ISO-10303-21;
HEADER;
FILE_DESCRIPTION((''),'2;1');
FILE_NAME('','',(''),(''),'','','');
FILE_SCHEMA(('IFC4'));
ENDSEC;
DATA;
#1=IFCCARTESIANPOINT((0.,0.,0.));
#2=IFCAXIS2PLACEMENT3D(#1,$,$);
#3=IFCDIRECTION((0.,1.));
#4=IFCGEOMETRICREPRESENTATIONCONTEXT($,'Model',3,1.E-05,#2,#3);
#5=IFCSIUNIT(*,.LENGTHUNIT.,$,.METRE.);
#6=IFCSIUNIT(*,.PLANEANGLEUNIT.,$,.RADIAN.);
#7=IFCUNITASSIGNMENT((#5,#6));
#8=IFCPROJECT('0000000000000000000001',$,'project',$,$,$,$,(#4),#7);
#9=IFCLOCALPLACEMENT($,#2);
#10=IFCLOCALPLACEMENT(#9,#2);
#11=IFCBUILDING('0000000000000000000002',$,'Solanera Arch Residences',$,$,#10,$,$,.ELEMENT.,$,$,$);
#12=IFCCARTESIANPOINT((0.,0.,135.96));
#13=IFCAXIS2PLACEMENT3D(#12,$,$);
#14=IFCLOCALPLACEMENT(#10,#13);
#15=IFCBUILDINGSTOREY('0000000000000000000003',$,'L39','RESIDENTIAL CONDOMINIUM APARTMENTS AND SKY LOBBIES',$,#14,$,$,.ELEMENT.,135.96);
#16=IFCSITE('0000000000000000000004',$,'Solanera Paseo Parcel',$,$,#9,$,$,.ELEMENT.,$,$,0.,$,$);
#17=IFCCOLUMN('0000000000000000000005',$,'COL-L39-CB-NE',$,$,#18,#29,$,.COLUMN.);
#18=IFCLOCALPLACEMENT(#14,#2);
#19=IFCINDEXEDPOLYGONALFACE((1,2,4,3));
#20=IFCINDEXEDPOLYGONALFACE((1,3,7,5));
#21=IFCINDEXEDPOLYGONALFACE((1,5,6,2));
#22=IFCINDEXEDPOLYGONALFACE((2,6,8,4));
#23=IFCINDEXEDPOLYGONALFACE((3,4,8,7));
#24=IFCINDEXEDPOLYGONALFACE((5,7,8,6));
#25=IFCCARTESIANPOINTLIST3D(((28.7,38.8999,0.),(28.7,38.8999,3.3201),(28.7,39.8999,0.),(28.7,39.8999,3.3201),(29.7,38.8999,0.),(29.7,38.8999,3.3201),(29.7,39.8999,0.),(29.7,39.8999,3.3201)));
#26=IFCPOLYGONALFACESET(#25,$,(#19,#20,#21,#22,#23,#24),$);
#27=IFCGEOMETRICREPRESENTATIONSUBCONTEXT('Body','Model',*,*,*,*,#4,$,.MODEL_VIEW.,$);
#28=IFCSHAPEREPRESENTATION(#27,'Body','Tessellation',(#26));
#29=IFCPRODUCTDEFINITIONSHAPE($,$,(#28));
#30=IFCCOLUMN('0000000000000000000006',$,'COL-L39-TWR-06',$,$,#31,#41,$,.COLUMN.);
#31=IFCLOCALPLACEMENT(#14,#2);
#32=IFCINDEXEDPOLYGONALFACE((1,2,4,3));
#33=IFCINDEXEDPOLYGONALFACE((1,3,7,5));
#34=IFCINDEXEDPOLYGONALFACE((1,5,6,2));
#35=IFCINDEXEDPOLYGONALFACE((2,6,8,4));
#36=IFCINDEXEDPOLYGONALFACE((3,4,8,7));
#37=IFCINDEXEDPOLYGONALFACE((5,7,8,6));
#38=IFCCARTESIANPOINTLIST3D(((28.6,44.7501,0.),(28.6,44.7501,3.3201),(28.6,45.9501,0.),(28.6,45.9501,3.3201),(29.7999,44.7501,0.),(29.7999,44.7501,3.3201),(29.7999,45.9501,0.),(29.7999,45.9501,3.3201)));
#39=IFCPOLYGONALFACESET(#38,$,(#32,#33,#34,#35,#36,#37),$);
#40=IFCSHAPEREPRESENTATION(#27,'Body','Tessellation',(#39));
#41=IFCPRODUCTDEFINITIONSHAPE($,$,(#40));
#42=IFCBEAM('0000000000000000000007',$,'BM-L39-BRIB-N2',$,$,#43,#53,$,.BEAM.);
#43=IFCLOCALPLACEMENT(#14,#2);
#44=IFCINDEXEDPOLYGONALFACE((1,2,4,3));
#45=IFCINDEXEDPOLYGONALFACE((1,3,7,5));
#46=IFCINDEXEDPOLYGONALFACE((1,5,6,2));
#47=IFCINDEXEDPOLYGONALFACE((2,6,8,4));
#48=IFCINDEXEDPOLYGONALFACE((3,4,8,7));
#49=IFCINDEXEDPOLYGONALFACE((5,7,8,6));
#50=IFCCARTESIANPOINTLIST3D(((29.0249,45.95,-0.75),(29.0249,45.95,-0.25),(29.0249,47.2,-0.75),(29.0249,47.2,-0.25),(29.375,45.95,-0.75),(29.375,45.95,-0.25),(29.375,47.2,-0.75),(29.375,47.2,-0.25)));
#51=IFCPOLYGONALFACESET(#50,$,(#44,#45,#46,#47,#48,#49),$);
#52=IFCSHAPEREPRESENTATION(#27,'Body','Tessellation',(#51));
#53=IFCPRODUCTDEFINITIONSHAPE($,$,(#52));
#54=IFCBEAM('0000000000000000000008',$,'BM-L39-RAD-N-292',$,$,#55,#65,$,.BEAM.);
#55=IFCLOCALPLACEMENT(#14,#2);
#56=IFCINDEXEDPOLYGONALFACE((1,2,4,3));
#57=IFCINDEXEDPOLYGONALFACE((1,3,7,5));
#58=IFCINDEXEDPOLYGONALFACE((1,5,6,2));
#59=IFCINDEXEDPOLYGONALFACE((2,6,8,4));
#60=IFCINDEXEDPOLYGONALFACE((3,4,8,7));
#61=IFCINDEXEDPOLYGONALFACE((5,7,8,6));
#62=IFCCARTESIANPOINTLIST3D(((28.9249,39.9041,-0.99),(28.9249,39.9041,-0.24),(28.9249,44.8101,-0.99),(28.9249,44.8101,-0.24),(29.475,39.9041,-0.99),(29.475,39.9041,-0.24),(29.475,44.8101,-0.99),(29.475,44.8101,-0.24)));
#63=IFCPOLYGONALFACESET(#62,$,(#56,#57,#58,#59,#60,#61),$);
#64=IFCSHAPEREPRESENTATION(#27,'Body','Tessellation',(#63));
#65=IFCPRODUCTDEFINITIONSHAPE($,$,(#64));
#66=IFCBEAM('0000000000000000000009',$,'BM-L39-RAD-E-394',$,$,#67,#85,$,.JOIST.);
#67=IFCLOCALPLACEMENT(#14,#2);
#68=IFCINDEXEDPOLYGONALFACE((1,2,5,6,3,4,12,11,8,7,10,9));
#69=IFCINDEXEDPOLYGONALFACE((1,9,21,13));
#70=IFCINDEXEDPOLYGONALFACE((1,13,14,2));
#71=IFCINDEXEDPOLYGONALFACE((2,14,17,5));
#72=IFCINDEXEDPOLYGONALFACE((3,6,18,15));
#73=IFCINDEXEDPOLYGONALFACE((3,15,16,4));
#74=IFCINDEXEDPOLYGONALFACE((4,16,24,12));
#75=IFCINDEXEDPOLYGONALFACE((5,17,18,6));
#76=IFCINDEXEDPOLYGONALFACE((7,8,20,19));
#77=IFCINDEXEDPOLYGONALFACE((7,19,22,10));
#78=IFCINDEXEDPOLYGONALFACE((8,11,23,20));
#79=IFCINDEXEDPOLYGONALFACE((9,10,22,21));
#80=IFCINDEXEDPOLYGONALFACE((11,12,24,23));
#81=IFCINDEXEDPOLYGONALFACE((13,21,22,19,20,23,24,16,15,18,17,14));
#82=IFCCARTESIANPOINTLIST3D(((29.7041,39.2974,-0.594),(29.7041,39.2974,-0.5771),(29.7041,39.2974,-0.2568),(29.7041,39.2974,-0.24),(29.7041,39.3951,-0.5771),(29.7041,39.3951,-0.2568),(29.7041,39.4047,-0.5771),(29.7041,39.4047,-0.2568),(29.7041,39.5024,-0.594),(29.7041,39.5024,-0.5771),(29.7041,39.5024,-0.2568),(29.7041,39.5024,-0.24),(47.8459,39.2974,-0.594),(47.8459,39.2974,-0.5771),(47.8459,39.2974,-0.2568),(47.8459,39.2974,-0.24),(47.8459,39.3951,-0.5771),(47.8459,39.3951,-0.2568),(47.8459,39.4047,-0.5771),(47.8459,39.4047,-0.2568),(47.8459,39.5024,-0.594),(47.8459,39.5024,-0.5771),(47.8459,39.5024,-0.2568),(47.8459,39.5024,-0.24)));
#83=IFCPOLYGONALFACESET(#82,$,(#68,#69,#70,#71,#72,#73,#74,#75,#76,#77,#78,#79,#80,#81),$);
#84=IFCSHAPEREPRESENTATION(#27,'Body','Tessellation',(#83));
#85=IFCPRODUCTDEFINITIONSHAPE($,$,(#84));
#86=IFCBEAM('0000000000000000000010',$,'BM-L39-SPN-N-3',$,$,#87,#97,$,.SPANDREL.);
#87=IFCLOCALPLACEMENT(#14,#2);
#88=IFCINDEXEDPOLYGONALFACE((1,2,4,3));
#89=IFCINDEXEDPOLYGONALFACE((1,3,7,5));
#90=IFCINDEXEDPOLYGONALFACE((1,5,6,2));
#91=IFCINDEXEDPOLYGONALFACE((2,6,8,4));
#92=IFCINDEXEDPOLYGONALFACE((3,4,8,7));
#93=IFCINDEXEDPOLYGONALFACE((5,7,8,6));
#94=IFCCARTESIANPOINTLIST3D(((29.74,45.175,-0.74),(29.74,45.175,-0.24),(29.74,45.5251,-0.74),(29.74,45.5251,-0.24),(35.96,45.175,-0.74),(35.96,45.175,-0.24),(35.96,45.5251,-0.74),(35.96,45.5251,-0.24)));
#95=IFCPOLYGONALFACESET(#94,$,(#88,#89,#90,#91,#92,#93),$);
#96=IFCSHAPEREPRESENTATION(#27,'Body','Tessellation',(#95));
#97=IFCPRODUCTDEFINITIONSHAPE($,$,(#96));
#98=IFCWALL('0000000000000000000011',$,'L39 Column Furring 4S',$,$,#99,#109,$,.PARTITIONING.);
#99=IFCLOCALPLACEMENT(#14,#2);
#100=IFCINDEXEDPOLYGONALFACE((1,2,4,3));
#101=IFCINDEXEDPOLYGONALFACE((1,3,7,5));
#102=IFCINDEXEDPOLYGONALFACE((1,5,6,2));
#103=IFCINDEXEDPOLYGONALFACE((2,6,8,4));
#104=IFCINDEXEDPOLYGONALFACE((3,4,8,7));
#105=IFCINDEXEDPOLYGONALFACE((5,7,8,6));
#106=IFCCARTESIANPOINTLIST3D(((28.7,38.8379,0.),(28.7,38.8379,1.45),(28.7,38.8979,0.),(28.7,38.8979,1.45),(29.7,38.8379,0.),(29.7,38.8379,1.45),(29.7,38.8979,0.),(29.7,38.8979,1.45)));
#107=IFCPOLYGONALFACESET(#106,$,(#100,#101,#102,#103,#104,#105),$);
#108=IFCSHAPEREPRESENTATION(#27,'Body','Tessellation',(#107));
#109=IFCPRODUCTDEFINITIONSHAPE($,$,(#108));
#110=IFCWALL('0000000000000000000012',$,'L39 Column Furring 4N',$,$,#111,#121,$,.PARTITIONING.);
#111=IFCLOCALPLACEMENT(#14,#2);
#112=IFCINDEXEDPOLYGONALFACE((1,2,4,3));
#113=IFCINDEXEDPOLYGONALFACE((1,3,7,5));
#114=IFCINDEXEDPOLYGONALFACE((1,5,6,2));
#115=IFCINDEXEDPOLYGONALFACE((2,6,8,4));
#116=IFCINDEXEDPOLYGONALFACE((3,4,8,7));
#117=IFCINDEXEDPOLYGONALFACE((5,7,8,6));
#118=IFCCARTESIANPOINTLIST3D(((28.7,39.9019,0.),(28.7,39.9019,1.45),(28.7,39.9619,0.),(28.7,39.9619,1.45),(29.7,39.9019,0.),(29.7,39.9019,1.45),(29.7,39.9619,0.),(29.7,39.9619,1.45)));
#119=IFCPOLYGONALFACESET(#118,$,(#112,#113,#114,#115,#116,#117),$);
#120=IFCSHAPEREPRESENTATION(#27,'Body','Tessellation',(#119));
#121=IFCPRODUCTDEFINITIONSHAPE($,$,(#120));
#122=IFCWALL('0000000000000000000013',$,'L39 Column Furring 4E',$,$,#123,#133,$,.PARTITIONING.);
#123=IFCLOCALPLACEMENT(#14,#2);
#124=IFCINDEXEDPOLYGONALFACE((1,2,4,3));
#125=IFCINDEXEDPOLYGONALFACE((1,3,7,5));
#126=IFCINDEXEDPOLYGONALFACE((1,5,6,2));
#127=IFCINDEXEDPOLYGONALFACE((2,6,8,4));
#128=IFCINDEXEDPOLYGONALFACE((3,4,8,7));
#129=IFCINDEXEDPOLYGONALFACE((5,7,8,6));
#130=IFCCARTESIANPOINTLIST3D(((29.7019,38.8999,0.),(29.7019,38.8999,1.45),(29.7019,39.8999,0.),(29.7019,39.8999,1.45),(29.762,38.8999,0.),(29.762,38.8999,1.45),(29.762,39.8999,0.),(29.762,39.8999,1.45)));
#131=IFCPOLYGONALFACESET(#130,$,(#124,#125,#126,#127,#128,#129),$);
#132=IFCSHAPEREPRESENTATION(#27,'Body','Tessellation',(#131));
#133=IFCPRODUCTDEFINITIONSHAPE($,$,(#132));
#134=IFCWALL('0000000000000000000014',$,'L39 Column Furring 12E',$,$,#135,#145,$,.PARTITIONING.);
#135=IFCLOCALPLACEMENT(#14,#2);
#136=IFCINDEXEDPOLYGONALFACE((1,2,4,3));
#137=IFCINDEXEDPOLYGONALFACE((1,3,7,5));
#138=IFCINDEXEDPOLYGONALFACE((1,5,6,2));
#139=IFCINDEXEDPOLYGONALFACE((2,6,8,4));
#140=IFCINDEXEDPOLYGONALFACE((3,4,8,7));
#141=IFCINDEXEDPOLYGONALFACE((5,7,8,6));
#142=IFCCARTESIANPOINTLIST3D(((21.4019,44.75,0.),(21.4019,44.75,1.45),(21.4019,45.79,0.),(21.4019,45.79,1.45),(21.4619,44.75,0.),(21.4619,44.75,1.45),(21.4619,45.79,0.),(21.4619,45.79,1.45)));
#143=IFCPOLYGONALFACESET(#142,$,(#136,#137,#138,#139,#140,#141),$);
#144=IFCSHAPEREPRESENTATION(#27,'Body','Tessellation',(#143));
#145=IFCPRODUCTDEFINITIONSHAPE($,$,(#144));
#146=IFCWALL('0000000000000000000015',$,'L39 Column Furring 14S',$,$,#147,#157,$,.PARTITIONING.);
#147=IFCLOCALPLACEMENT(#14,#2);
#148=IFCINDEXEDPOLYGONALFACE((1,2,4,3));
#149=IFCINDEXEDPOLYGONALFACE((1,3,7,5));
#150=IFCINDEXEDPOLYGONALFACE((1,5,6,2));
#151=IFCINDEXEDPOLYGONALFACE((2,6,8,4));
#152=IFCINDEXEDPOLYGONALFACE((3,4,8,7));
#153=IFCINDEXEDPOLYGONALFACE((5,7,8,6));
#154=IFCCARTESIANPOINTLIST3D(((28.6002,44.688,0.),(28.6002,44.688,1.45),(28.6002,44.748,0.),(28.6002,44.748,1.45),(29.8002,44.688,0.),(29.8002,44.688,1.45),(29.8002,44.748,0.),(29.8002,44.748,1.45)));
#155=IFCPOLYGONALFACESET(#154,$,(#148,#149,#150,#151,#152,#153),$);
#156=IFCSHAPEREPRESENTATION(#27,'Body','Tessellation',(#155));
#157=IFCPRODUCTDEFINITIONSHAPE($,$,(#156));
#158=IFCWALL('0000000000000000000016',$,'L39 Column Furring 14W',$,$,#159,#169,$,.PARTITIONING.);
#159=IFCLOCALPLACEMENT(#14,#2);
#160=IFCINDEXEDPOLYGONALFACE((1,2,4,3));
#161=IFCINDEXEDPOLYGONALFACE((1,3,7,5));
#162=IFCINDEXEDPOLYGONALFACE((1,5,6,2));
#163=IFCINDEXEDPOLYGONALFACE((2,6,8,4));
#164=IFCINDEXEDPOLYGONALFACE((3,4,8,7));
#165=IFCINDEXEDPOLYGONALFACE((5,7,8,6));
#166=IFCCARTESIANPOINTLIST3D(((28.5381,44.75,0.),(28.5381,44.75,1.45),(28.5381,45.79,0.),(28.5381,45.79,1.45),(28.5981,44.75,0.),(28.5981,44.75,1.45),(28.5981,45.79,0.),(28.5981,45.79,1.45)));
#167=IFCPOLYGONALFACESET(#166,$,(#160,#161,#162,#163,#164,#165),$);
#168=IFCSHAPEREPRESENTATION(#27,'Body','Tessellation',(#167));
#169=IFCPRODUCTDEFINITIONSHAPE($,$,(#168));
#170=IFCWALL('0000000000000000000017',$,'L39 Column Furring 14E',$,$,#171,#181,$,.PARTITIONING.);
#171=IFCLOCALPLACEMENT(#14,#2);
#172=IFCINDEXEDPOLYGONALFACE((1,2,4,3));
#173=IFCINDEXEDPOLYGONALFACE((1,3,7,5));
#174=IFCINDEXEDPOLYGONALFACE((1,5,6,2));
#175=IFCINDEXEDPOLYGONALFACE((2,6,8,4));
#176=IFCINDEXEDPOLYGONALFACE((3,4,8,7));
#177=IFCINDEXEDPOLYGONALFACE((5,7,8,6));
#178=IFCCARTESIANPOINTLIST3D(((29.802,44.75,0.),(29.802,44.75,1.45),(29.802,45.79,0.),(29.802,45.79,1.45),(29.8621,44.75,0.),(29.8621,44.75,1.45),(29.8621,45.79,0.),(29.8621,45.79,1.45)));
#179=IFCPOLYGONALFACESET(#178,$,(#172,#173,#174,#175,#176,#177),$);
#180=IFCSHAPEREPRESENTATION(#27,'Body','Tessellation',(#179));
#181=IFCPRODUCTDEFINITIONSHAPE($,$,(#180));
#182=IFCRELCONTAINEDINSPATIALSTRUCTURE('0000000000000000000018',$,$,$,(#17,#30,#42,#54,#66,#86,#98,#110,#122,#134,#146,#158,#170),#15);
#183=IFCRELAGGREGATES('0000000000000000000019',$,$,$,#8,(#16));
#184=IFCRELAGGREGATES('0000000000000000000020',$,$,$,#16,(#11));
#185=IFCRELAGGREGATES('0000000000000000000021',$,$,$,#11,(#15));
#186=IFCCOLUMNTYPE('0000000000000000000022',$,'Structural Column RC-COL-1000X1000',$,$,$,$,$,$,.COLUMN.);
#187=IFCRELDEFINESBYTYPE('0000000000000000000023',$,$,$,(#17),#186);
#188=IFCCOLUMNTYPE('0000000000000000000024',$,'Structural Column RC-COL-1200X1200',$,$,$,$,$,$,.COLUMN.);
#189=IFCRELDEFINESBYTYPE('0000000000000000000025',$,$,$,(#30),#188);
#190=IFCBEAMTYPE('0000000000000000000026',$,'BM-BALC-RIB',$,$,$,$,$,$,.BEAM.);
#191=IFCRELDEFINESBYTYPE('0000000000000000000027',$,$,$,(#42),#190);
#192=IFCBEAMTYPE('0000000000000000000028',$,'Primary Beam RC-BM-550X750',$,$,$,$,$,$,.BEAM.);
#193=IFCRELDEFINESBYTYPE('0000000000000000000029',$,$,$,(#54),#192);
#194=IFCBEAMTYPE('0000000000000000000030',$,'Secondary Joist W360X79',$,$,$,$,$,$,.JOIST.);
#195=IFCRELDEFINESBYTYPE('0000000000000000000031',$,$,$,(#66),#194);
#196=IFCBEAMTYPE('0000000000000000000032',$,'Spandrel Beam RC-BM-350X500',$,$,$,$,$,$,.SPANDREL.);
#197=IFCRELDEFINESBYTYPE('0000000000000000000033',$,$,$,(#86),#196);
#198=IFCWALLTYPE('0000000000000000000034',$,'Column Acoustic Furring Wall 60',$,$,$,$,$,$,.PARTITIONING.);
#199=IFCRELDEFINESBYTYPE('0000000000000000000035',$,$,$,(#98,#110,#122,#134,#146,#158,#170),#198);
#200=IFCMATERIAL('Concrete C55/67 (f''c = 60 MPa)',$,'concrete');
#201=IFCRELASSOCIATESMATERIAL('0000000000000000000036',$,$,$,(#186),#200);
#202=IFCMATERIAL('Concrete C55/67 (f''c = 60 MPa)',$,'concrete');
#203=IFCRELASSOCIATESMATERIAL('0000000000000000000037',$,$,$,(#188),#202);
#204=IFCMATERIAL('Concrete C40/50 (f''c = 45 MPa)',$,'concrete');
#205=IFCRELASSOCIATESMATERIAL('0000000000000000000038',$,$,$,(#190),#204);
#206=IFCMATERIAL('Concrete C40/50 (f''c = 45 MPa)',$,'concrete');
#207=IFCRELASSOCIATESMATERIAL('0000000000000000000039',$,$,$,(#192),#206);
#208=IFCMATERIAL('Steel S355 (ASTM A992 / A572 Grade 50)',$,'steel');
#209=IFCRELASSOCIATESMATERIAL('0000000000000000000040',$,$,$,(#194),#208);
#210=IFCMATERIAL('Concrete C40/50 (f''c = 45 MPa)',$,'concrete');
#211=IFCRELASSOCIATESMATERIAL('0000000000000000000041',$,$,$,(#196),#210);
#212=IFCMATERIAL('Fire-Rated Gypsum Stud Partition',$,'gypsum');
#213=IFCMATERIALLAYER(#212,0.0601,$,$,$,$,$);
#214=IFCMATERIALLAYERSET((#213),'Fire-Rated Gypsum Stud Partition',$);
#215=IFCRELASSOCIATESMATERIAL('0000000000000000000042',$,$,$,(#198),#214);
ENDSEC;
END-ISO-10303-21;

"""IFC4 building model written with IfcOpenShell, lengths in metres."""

from ifc_helpers import new_model, si_unit, direction, frame, frame_2d, origin, origin_2d, place, context, subcontext, project, spatial, rectangle, i_section, extrude, material, layer, layer_set, material_profile, profile_set, type_object, element, save


model = new_model("IFC4")

# Units and contexts
model_context = context("Model", 3, precision=1e-05, world=origin(), true_north=direction((0.0, 1.0)))
body_context = subcontext(model_context, "Body", "Model", "MODEL_VIEW")
ifc_project = project(units=[si_unit("LENGTHUNIT", "METRE"), si_unit("PLANEANGLEUNIT", "RADIAN")], contexts=[model_context])

# Site, building, storey
site_placement = place(None, origin())
site = spatial("IfcSite", under=ifc_project, at=site_placement, Name="Solanera Paseo Parcel", CompositionType="ELEMENT", RefElevation=0.0)
building_placement = place(site_placement, origin())
building = spatial("IfcBuilding", under=site, at=building_placement, Name="Solanera Arch Residences", CompositionType="ELEMENT")
storey_placement = place(building_placement, frame((0.0, 0.0, 135.96)))
storey = spatial("IfcBuildingStorey", under=building, at=storey_placement, Name="L39", Description="RESIDENTIAL CONDOMINIUM APARTMENTS AND SKY LOBBIES", CompositionType="ELEMENT", Elevation=135.96)

# Columns
ifc_material_1 = material(Name="Concrete C55/67 (f'c = 60 MPa)", Category="concrete")
ifc_material_profile_1 = material_profile(ifc_material_1, rectangle(XDim=1.0, YDim=1.0, at=origin_2d()))
ifc_profile_set_1 = profile_set([ifc_material_profile_1], Name="Concrete C55/67 (f'c = 60 MPa)")
column_type_1 = type_object("IfcColumnType", Name="Structural Column RC-COL-1000X1000", PredefinedType="COLUMN", material=ifc_profile_set_1)
column_1_placement = place(storey_placement, frame((29.2, 39.3999, 0.0), z_axis=(0.0, 0.0, 1.0), x_axis=(1.0, 0.0, 0.0)))
element("IfcColumn", 1, at=column_1_placement, inside=storey, type_object=column_type_1, Name="COL-L39-CB-NE", PredefinedType="COLUMN", context=body_context, shape_type="SweptSolid", body=[
    extrude(rectangle(XDim=1.0, YDim=1.0, at=origin_2d()), origin(), (0.0, 0.0, 1.0), 3.3201),
])
ifc_material_2 = material(Name="Concrete C55/67 (f'c = 60 MPa)", Category="concrete")
ifc_material_profile_2 = material_profile(ifc_material_2, rectangle(XDim=1.2, YDim=1.2, at=origin_2d()))
ifc_profile_set_2 = profile_set([ifc_material_profile_2], Name="Concrete C55/67 (f'c = 60 MPa)")
column_type_2 = type_object("IfcColumnType", Name="Structural Column RC-COL-1200X1200", PredefinedType="COLUMN", material=ifc_profile_set_2)
column_2_placement = place(storey_placement, frame((29.2, 45.3501, 0.0), z_axis=(0.0, 0.0, 1.0), x_axis=(1.0, 0.0, 0.0)))
element("IfcColumn", 2, at=column_2_placement, inside=storey, type_object=column_type_2, Name="COL-L39-TWR-06", PredefinedType="COLUMN", context=body_context, shape_type="SweptSolid", body=[
    extrude(rectangle(XDim=1.2, YDim=1.2, at=origin_2d()), origin(), (0.0, 0.0, 1.0), 3.3201),
])

# Beams
ifc_material_3 = material(Name="Concrete C40/50 (f'c = 45 MPa)", Category="concrete")
ifc_material_profile_3 = material_profile(ifc_material_3, rectangle(XDim=0.3501, YDim=0.5, at=origin_2d()))
ifc_profile_set_3 = profile_set([ifc_material_profile_3], Name="Concrete C40/50 (f'c = 45 MPa)")
beam_type_1 = type_object("IfcBeamType", Name="BM-BALC-RIB", PredefinedType="BEAM", material=ifc_profile_set_3)
beam_1_placement = place(storey_placement, frame((29.2, 45.95, -0.5), z_axis=(0.0, 1.0, 0.0), x_axis=(-1.0, 0.0, 0.0)))
element("IfcBeam", 3, at=beam_1_placement, inside=storey, type_object=beam_type_1, Name="BM-L39-BRIB-N2", PredefinedType="BEAM", context=body_context, shape_type="SweptSolid", body=[
    extrude(rectangle(XDim=0.3501, YDim=0.5, at=origin_2d()), origin(), (0.0, 0.0, 1.0), 1.25),
])
ifc_material_4 = material(Name="Concrete C40/50 (f'c = 45 MPa)", Category="concrete")
ifc_material_profile_4 = material_profile(ifc_material_4, rectangle(XDim=0.55, YDim=0.75, at=origin_2d()))
ifc_profile_set_4 = profile_set([ifc_material_profile_4], Name="Concrete C40/50 (f'c = 45 MPa)")
beam_type_2 = type_object("IfcBeamType", Name="Primary Beam RC-BM-550X750", PredefinedType="BEAM", material=ifc_profile_set_4)
beam_2_placement = place(storey_placement, frame((29.2, 39.9041, -0.615), z_axis=(0.0, 1.0, 0.0), x_axis=(-1.0, 0.0, 0.0)))
element("IfcBeam", 4, at=beam_2_placement, inside=storey, type_object=beam_type_2, Name="BM-L39-RAD-N-292", PredefinedType="BEAM", context=body_context, shape_type="SweptSolid", body=[
    extrude(rectangle(XDim=0.55, YDim=0.75, at=origin_2d()), origin(), (0.0, 0.0, 1.0), 4.906),
])
ifc_material_5 = material(Name="Steel S355 (ASTM A992 / A572 Grade 50)", Category="steel")
ifc_material_profile_5 = material_profile(ifc_material_5, i_section(OverallWidth=0.2051, OverallDepth=0.354, WebThickness=0.0095, FlangeThickness=0.0168, at=origin_2d()))
ifc_profile_set_5 = profile_set([ifc_material_profile_5], Name="Steel S355 (ASTM A992 / A572 Grade 50)")
beam_type_3 = type_object("IfcBeamType", Name="Secondary Joist W360X79", PredefinedType="JOIST", material=ifc_profile_set_5)
beam_3_placement = place(storey_placement, frame((29.7041, 39.3999, -0.417), z_axis=(1.0, 0.0, 0.0), x_axis=(0.0, 1.0, 0.0)))
element("IfcBeam", 5, at=beam_3_placement, inside=storey, type_object=beam_type_3, Name="BM-L39-RAD-E-394", PredefinedType="JOIST", context=body_context, shape_type="SweptSolid", body=[
    extrude(i_section(OverallWidth=0.2051, OverallDepth=0.354, WebThickness=0.0095, FlangeThickness=0.0168, at=origin_2d()), origin(), (0.0, 0.0, 1.0), 18.1418),
])
ifc_material_6 = material(Name="Concrete C40/50 (f'c = 45 MPa)", Category="concrete")
ifc_material_profile_6 = material_profile(ifc_material_6, rectangle(XDim=0.3501, YDim=0.5, at=origin_2d()))
ifc_profile_set_6 = profile_set([ifc_material_profile_6], Name="Concrete C40/50 (f'c = 45 MPa)")
beam_type_4 = type_object("IfcBeamType", Name="Spandrel Beam RC-BM-350X500", PredefinedType="SPANDREL", material=ifc_profile_set_6)
beam_4_placement = place(storey_placement, frame((29.74, 45.3501, -0.49), z_axis=(1.0, 0.0, 0.0), x_axis=(0.0, 1.0, 0.0)))
element("IfcBeam", 6, at=beam_4_placement, inside=storey, type_object=beam_type_4, Name="BM-L39-SPN-N-3", PredefinedType="SPANDREL", context=body_context, shape_type="SweptSolid", body=[
    extrude(rectangle(XDim=0.3501, YDim=0.5, at=origin_2d()), origin(), (0.0, 0.0, 1.0), 6.22),
])

# Walls
ifc_material_7 = material(Name="Fire-Rated Gypsum Stud Partition", Category="gypsum")
ifc_layer_1 = layer(ifc_material_7, 0.0601)
ifc_layer_set_1 = layer_set([ifc_layer_1], Name="Fire-Rated Gypsum Stud Partition")
wall_type_1 = type_object("IfcWallType", Name="Column Acoustic Furring Wall 60", PredefinedType="PARTITIONING", material=ifc_layer_set_1)
for number, where, z_axis, x_axis, name in (
    (7, (28.7, 38.8679, 0.0), (0.0, 0.0, 1.0), (1.0, 0.0, 0.0), "L39 Column Furring 4S"),
    (8, (28.7, 39.9319, 0.0), (0.0, 0.0, 1.0), (1.0, 0.0, 0.0), "L39 Column Furring 4N"),
    (9, (29.7319, 38.8999, 0.0), (0.0, 0.0, 1.0), (0.0, 1.0, 0.0), "L39 Column Furring 4E"),
):
    element("IfcWall", number, at=place(storey_placement, frame(where, z_axis=z_axis, x_axis=x_axis)), inside=storey, type_object=wall_type_1, Name=name, PredefinedType="PARTITIONING", context=body_context, shape_type="SweptSolid", body=[
        extrude(rectangle(XDim=1.0, YDim=0.0601, at=frame_2d((0.5, 0.0))), origin(), (0.0, 0.0, 1.0), 1.45),
    ])
wall_1_placement = place(storey_placement, frame((21.4319, 44.75, 0.0), z_axis=(0.0, 0.0, 1.0), x_axis=(0.0, 1.0, 0.0)))
element("IfcWall", 10, at=wall_1_placement, inside=storey, type_object=wall_type_1, Name="L39 Column Furring 12E", PredefinedType="PARTITIONING", context=body_context, shape_type="SweptSolid", body=[
    extrude(rectangle(XDim=1.04, YDim=0.0601, at=frame_2d((0.52, 0.0))), origin(), (0.0, 0.0, 1.0), 1.45),
])
wall_2_placement = place(storey_placement, frame((28.6001, 44.718, 0.0), z_axis=(0.0, 0.0, 1.0), x_axis=(1.0, 0.0, 0.0)))
element("IfcWall", 11, at=wall_2_placement, inside=storey, type_object=wall_type_1, Name="L39 Column Furring 14S", PredefinedType="PARTITIONING", context=body_context, shape_type="SweptSolid", body=[
    extrude(rectangle(XDim=1.2, YDim=0.0601, at=frame_2d((0.6001, 0.0))), origin(), (0.0, 0.0, 1.0), 1.45),
])
for number, where, z_axis, x_axis, name in (
    (12, (28.5681, 44.75, 0.0), (0.0, 0.0, 1.0), (0.0, 1.0, 0.0), "L39 Column Furring 14W"),
    (13, (29.832, 44.75, 0.0), (0.0, 0.0, 1.0), (0.0, 1.0, 0.0), "L39 Column Furring 14E"),
):
    element("IfcWall", number, at=place(storey_placement, frame(where, z_axis=z_axis, x_axis=x_axis)), inside=storey, type_object=wall_type_1, Name=name, PredefinedType="PARTITIONING", context=body_context, shape_type="SweptSolid", body=[
        extrude(rectangle(XDim=1.04, YDim=0.0601, at=frame_2d((0.52, 0.0))), origin(), (0.0, 0.0, 1.0), 1.45),
    ])

save(model, "model.ifc")
